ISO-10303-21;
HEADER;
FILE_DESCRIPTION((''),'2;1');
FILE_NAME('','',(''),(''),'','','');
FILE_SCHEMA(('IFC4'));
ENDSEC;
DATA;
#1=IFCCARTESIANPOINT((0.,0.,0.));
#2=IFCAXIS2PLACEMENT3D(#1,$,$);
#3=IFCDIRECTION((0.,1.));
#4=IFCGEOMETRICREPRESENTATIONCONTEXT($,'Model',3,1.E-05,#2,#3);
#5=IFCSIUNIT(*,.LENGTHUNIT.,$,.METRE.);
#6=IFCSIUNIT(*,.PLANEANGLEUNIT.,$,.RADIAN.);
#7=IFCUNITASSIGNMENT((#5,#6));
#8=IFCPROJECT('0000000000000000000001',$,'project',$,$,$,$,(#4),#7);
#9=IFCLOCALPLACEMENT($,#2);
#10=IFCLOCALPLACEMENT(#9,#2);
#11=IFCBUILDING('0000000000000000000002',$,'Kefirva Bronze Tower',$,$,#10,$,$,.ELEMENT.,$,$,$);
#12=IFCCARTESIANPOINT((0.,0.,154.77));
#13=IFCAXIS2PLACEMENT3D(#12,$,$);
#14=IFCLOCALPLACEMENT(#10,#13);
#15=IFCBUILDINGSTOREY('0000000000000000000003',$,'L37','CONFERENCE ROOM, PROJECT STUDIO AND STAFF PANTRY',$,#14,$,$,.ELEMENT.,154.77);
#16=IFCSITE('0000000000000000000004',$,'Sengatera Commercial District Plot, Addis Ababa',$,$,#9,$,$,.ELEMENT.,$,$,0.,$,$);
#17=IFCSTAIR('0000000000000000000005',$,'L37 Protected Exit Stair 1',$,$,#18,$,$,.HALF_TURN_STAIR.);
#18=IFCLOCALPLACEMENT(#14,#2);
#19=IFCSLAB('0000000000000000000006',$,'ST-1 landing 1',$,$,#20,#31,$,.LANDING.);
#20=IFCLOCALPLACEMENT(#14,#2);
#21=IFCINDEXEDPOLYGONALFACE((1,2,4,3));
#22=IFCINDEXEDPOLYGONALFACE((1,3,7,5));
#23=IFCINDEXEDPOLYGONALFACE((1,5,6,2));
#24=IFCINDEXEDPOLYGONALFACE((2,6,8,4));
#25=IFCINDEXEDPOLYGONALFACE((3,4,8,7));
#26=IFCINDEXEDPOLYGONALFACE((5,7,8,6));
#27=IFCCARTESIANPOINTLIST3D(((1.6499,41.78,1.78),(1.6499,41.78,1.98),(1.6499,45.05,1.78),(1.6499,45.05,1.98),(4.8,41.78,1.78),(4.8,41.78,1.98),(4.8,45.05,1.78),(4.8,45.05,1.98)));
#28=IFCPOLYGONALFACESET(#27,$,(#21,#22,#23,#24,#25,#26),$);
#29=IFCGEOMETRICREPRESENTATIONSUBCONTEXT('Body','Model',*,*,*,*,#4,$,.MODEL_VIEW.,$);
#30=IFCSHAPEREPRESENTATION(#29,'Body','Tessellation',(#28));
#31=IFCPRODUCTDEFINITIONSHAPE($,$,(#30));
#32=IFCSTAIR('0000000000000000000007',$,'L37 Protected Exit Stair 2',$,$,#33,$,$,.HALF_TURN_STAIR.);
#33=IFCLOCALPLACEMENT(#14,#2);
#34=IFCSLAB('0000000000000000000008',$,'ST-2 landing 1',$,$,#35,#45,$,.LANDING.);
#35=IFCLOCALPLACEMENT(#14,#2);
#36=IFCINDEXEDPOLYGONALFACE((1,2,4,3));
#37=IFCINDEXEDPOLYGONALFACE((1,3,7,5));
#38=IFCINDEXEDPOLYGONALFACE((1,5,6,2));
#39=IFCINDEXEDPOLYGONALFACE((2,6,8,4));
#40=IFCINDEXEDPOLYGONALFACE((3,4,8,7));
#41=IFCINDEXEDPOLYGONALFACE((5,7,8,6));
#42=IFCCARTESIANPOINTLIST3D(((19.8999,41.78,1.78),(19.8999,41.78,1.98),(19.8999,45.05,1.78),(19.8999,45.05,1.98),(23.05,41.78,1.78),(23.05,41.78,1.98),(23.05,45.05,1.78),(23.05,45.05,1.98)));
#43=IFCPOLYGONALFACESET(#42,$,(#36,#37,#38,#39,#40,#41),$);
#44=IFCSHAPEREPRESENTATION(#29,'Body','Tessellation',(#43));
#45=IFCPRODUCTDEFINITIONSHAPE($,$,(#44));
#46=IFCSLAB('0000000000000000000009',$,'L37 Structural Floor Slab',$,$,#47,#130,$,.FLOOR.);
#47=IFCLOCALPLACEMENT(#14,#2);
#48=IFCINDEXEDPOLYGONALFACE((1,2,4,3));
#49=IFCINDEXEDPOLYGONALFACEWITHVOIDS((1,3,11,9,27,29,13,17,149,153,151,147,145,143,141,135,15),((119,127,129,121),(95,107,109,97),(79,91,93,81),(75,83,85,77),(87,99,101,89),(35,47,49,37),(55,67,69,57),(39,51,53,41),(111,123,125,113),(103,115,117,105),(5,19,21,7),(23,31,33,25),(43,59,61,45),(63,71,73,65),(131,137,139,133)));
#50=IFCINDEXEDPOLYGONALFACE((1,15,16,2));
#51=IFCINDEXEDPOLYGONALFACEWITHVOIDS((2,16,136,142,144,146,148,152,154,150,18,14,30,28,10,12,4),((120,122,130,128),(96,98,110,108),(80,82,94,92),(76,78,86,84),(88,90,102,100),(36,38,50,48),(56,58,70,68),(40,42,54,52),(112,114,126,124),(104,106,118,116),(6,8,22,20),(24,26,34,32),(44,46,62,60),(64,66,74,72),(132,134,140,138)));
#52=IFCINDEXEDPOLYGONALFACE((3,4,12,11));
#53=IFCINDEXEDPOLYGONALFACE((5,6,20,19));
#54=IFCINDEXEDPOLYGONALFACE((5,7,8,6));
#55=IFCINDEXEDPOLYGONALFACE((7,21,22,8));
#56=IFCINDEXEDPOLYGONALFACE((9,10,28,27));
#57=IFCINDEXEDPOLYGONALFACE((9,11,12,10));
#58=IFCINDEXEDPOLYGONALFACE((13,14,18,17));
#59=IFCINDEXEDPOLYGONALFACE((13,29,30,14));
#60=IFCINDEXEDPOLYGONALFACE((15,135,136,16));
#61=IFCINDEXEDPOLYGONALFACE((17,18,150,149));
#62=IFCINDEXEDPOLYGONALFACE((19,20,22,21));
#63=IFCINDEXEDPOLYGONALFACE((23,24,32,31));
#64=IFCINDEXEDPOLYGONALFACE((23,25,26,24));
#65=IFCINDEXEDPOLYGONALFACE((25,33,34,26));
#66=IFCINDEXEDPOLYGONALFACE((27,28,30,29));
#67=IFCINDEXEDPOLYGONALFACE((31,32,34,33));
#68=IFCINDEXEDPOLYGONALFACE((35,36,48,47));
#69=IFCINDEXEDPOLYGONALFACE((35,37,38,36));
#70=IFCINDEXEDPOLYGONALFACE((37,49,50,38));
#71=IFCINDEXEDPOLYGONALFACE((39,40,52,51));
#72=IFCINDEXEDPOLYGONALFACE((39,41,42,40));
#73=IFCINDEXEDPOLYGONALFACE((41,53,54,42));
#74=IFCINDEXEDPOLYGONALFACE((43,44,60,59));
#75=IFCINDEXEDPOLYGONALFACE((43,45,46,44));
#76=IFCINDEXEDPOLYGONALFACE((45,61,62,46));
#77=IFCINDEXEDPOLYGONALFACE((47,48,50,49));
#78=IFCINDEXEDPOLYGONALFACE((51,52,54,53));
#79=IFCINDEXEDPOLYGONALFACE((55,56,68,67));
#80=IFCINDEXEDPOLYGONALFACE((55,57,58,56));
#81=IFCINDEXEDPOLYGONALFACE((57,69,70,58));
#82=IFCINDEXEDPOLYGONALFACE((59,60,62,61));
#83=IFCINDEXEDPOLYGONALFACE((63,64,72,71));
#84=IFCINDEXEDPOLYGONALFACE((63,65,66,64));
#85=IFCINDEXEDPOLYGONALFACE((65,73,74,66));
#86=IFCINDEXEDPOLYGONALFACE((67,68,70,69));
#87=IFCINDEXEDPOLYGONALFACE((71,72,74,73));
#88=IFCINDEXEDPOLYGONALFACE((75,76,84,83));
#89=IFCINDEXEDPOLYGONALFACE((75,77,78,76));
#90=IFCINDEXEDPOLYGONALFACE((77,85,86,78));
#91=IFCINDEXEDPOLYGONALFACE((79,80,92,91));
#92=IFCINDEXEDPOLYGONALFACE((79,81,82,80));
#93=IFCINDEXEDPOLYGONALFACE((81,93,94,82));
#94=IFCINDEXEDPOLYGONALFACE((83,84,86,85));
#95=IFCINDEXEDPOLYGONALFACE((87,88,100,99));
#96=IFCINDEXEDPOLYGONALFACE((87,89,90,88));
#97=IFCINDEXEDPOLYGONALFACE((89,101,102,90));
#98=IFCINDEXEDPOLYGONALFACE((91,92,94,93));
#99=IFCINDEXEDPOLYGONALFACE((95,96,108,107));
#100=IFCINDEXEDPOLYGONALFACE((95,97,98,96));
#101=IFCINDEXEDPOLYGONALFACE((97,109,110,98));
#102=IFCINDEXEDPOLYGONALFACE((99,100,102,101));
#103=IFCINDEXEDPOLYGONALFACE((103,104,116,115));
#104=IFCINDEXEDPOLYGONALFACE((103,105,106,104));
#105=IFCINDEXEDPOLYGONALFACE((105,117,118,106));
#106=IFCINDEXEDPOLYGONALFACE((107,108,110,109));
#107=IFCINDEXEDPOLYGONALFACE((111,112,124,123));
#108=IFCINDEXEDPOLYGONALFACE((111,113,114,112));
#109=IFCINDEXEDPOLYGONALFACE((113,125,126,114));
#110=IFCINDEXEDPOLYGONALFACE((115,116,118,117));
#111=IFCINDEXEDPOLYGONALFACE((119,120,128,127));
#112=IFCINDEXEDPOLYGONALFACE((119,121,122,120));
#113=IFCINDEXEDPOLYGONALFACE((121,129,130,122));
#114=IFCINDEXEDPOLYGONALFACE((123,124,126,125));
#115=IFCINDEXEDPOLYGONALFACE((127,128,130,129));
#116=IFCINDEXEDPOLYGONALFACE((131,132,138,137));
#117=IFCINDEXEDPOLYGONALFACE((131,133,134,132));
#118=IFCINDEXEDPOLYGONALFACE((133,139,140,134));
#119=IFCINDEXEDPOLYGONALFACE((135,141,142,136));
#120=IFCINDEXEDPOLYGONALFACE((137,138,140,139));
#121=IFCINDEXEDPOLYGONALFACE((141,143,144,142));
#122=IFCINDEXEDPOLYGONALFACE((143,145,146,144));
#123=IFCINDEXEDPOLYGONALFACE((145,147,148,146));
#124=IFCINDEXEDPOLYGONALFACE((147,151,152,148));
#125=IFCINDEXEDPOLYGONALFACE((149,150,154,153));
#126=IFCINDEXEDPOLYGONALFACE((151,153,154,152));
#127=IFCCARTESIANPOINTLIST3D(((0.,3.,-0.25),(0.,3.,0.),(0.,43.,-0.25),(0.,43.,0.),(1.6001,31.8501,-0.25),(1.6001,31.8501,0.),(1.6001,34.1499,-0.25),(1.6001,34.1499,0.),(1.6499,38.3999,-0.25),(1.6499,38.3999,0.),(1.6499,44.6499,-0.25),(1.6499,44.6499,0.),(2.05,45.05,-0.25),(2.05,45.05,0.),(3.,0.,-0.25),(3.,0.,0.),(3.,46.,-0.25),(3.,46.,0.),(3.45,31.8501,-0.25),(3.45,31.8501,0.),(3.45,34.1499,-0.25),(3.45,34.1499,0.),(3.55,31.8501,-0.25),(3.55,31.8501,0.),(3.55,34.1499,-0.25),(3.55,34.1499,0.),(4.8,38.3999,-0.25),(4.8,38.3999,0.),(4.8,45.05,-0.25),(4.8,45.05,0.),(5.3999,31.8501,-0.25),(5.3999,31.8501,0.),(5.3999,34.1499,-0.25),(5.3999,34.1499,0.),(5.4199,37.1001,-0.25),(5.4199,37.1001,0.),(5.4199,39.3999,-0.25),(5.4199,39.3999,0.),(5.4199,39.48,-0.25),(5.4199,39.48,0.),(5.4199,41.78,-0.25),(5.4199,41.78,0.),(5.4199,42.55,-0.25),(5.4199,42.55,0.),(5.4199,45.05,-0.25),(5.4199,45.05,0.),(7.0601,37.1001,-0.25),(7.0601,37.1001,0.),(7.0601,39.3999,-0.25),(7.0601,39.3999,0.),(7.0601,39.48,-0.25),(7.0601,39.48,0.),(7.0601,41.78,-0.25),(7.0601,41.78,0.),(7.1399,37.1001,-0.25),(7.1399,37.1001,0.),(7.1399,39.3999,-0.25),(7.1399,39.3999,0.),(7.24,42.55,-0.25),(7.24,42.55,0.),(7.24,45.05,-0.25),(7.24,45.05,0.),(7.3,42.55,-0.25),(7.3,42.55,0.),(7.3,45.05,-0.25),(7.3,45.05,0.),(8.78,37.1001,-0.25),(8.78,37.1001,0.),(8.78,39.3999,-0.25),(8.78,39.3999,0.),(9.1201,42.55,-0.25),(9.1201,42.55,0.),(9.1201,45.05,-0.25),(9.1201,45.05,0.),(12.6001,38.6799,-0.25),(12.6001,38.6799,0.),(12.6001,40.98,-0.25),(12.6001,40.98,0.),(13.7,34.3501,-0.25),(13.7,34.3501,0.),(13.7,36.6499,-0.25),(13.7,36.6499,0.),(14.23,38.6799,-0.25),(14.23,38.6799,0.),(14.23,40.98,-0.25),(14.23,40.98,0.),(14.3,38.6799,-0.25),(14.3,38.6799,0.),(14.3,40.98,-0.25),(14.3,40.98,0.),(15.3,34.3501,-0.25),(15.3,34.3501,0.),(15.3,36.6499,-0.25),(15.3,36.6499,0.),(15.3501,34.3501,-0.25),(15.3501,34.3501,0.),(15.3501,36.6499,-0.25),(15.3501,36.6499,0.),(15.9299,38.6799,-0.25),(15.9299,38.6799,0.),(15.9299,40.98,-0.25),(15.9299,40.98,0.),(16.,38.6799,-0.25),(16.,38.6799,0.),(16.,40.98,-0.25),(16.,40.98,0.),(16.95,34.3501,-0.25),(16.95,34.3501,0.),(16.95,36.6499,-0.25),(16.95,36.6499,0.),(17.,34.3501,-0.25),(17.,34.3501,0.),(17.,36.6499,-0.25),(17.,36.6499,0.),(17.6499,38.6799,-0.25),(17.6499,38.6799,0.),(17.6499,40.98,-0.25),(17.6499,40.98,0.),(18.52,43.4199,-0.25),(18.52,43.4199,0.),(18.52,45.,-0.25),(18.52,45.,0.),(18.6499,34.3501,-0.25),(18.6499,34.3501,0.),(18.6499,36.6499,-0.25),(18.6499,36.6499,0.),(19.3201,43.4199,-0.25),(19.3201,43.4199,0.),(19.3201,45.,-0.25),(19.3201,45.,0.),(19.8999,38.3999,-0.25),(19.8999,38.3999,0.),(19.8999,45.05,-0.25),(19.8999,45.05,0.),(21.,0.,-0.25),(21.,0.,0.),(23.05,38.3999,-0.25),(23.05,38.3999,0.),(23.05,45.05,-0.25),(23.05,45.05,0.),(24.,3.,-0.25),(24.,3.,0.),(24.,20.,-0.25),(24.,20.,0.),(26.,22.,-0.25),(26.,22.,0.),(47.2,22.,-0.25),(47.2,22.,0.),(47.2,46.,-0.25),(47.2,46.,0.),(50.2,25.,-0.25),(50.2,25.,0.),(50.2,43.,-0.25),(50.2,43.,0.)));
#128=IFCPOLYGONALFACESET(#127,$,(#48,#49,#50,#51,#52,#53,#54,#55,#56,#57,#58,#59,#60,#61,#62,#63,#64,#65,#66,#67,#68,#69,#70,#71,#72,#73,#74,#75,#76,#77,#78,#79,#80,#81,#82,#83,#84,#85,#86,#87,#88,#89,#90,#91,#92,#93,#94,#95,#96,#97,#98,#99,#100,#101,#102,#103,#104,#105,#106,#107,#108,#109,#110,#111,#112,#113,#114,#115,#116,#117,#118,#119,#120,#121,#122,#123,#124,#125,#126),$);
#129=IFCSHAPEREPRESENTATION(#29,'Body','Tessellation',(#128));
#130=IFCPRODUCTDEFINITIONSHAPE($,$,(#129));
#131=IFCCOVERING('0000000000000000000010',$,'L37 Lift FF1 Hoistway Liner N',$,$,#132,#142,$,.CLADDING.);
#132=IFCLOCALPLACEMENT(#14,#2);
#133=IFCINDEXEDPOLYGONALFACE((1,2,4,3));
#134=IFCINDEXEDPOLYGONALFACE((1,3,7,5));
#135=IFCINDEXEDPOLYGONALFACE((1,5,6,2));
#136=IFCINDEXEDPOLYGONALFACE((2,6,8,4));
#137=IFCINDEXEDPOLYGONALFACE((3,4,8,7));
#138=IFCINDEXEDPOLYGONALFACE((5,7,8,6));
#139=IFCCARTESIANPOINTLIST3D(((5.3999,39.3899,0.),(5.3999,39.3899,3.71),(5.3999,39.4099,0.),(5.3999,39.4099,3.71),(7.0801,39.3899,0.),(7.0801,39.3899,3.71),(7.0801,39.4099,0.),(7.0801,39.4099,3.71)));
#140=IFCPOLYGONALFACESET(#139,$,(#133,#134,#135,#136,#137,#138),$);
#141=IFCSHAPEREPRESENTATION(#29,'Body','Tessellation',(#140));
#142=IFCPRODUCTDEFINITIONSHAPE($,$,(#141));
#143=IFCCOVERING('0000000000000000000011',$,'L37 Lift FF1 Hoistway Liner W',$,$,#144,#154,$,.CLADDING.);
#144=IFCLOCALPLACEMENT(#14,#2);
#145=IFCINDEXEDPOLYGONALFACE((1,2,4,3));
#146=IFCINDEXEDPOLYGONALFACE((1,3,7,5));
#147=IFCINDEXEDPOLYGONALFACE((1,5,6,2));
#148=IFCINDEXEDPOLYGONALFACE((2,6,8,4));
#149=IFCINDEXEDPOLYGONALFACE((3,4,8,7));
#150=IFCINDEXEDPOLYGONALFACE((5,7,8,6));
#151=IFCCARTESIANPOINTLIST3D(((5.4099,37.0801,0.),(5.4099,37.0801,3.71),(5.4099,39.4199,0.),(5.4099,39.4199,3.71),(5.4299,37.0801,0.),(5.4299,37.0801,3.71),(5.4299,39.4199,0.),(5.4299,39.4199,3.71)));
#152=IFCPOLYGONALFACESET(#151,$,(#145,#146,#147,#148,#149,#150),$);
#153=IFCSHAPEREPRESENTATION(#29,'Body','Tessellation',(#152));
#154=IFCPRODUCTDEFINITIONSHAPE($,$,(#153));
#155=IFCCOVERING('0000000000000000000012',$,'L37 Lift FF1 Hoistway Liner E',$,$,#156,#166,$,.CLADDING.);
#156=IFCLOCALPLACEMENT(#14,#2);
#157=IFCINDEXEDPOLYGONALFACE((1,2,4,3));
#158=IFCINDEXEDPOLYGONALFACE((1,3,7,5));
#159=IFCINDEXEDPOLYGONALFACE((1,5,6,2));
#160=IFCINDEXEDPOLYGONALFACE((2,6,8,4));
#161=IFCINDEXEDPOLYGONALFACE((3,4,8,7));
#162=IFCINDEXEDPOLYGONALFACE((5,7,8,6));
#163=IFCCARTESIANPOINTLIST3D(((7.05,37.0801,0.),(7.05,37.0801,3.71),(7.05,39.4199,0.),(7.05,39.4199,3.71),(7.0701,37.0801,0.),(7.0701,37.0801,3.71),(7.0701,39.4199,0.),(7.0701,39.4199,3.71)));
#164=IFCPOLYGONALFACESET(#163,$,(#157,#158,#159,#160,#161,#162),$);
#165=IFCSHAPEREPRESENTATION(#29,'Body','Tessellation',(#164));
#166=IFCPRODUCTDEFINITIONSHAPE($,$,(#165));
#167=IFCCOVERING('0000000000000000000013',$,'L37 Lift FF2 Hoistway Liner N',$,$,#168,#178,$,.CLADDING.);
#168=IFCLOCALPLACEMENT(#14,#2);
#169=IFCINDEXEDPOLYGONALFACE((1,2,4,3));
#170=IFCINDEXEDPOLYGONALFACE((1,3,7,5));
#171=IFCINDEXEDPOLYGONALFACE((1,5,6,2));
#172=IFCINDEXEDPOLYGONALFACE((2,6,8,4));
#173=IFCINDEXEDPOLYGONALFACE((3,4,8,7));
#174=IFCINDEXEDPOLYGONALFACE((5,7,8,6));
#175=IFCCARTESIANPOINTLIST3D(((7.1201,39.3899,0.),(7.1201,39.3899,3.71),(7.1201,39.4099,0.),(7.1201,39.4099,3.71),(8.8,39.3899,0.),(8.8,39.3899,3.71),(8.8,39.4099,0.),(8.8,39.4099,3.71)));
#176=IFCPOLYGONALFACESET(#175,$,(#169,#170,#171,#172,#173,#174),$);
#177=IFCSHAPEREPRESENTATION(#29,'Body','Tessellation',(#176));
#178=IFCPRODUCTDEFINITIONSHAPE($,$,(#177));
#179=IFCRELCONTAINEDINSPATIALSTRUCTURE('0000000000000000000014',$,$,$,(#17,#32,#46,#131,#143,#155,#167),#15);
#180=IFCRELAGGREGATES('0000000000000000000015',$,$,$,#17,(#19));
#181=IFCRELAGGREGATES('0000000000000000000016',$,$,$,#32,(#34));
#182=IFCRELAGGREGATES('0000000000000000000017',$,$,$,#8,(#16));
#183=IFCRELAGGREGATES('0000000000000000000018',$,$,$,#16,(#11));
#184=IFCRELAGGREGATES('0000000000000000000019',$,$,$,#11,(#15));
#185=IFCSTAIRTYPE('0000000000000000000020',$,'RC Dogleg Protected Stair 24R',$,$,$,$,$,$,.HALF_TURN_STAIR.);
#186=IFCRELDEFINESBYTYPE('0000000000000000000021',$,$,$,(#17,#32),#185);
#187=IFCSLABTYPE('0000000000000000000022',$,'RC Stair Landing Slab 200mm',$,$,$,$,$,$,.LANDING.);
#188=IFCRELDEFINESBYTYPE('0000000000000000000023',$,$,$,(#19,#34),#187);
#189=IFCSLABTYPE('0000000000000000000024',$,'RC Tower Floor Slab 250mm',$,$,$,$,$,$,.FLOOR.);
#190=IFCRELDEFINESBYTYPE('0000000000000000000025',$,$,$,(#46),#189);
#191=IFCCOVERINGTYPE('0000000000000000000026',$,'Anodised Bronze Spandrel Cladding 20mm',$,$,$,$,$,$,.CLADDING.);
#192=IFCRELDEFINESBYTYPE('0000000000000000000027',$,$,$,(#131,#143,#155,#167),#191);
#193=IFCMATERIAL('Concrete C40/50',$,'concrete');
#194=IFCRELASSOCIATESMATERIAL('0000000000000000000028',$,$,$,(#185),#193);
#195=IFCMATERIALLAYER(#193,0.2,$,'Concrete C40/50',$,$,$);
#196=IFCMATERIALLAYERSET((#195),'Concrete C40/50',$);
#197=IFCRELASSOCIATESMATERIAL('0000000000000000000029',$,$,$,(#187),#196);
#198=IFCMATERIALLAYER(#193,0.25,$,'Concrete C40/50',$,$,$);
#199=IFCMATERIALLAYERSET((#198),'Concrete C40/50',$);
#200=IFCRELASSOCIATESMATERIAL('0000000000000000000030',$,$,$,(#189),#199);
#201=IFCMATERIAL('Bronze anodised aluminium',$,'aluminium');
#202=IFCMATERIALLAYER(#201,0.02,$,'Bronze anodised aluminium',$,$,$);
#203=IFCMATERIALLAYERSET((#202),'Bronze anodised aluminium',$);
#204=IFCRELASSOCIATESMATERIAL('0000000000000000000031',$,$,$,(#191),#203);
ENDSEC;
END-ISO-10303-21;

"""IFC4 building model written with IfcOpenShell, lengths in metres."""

from ifc_helpers import new_model, si_unit, direction, frame, origin, place, context, subcontext, project, spatial, polyline, outline, extrude, material, layer, layer_set, type_object, element, aggregate, save


model = new_model("IFC4")

# Units and contexts
model_context = context("Model", 3, precision=1e-05, world=origin(), true_north=direction((0.0, 1.0)))
body_context = subcontext(model_context, "Body", "Model", "MODEL_VIEW")
ifc_project = project(units=[si_unit("LENGTHUNIT", "METRE"), si_unit("PLANEANGLEUNIT", "RADIAN")], contexts=[model_context])

# Site, building, storey
site_placement = place(None, origin())
site = spatial("IfcSite", under=ifc_project, at=site_placement, Name="Sengatera Commercial District Plot, Addis Ababa", CompositionType="ELEMENT", RefElevation=0.0)
building_placement = place(site_placement, origin())
building = spatial("IfcBuilding", under=site, at=building_placement, Name="Kefirva Bronze Tower", CompositionType="ELEMENT")
storey_placement = place(building_placement, frame((0.0, 0.0, 154.77)))
storey = spatial("IfcBuildingStorey", under=building, at=storey_placement, Name="L37", Description="CONFERENCE ROOM, PROJECT STUDIO AND STAFF PANTRY", CompositionType="ELEMENT", Elevation=154.77)

# Stairs, slabs
ifc_material_1 = material(Name="Concrete C40/50", Category="concrete")
stair_type = type_object("IfcStairType", Name="RC Dogleg Protected Stair 24R", PredefinedType="HALF_TURN_STAIR", material=ifc_material_1)
stair_1_placement = place(storey_placement, origin())
stair_1 = element("IfcStair", 1, at=stair_1_placement, inside=storey, type_object=stair_type, Name="L37 Protected Exit Stair 1", PredefinedType="HALF_TURN_STAIR")
ifc_layer_1 = layer(ifc_material_1, 0.2, Name="Concrete C40/50")
ifc_layer_set_1 = layer_set([ifc_layer_1], Name="Concrete C40/50")
slab_type_1 = type_object("IfcSlabType", Name="RC Stair Landing Slab 200mm", PredefinedType="LANDING", material=ifc_layer_set_1)
slab_1_placement = place(storey_placement, frame((0.0, 0.0, 1.78)))
slab_1 = element("IfcSlab", 2, at=slab_1_placement, type_object=slab_type_1, Name="ST-1 landing 1", PredefinedType="LANDING", context=body_context, shape_type="SweptSolid", body=[
    extrude(outline(polyline([(4.8, 41.78), (4.8, 45.05), (1.6499, 45.05), (1.6499, 41.78), (4.8, 41.78)])), origin(), (0.0, 0.0, 1.0), 0.2),
])
aggregate(stair_1, [slab_1])
stair_2_placement = place(storey_placement, origin())
stair_2 = element("IfcStair", 3, at=stair_2_placement, inside=storey, type_object=stair_type, Name="L37 Protected Exit Stair 2", PredefinedType="HALF_TURN_STAIR")
slab_2_placement = place(storey_placement, frame((0.0, 0.0, 1.78)))
slab_2 = element("IfcSlab", 4, at=slab_2_placement, type_object=slab_type_1, Name="ST-2 landing 1", PredefinedType="LANDING", context=body_context, shape_type="SweptSolid", body=[
    extrude(outline(polyline([(23.05, 41.78), (23.05, 45.05), (19.8999, 45.05), (19.8999, 41.78), (23.05, 41.78)])), origin(), (0.0, 0.0, 1.0), 0.2),
])
aggregate(stair_2, [slab_2])

# Slab
ifc_layer_2 = layer(ifc_material_1, 0.25, Name="Concrete C40/50")
ifc_layer_set_2 = layer_set([ifc_layer_2], Name="Concrete C40/50")
slab_type_2 = type_object("IfcSlabType", Name="RC Tower Floor Slab 250mm", PredefinedType="FLOOR", material=ifc_layer_set_2)
slab_3_placement = place(storey_placement, frame((0.0, 0.0, -0.25)))
element("IfcSlab", 5, at=slab_3_placement, inside=storey, type_object=slab_type_2, Name="L37 Structural Floor Slab", PredefinedType="FLOOR", context=body_context, shape_type="SweptSolid", body=[
    extrude(outline(polyline([(0.0, 3.0), (0.0, 43.0), (1.6499, 44.6499), (1.6499, 38.3999), (4.8, 38.3999), (4.8, 45.05), (2.05, 45.05), (3.0, 46.0), (47.2, 46.0), (50.2, 43.0), (50.2, 25.0), (47.2, 22.0), (26.0, 22.0), (24.0, 20.0), (24.0, 3.0), (21.0, 0.0), (3.0, 0.0), (0.0, 3.0)]), holes=[polyline([(23.05, 38.3999), (23.05, 45.05), (19.8999, 45.05), (19.8999, 38.3999), (23.05, 38.3999)]), polyline([(19.3201, 43.4199), (19.3201, 45.0), (18.52, 45.0), (18.52, 43.4199), (19.3201, 43.4199)]), polyline([(18.6499, 34.3501), (18.6499, 36.6499), (17.0, 36.6499), (17.0, 34.3501), (18.6499, 34.3501)]), polyline([(17.6499, 38.6799), (17.6499, 40.98), (16.0, 40.98), (16.0, 38.6799), (17.6499, 38.6799)]), polyline([(16.95, 34.3501), (16.95, 36.6499), (15.3501, 36.6499), (15.3501, 34.3501), (16.95, 34.3501)]), polyline([(15.9299, 38.6799), (15.9299, 40.98), (14.3, 40.98), (14.3, 38.6799), (15.9299, 38.6799)]), polyline([(15.3, 34.3501), (15.3, 36.6499), (13.7, 36.6499), (13.7, 34.3501), (15.3, 34.3501)]), polyline([(14.23, 38.6799), (14.23, 40.98), (12.6001, 40.98), (12.6001, 38.6799), (14.23, 38.6799)]), polyline([(9.1201, 42.55), (9.1201, 45.05), (7.3, 45.05), (7.3, 42.55), (9.1201, 42.55)]), polyline([(8.78, 37.1001), (8.78, 39.3999), (7.1399, 39.3999), (7.1399, 37.1001), (8.78, 37.1001)]), polyline([(7.24, 42.55), (7.24, 45.05), (5.4199, 45.05), (5.4199, 42.55), (7.24, 42.55)]), polyline([(7.0601, 37.1001), (7.0601, 39.3999), (5.4199, 39.3999), (5.4199, 37.1001), (7.0601, 37.1001)]), polyline([(7.0601, 39.48), (7.0601, 41.78), (5.4199, 41.78), (5.4199, 39.48), (7.0601, 39.48)]), polyline([(5.3999, 31.8501), (5.3999, 34.1499), (3.55, 34.1499), (3.55, 31.8501), (5.3999, 31.8501)]), polyline([(3.45, 31.8501), (3.45, 34.1499), (1.6001, 34.1499), (1.6001, 31.8501), (3.45, 31.8501)])]), origin(), (0.0, 0.0, 1.0), 0.25),
])

# Coverings
ifc_material_2 = material(Name="Bronze anodised aluminium", Category="aluminium")
ifc_layer_3 = layer(ifc_material_2, 0.02, Name="Bronze anodised aluminium")
ifc_layer_set_3 = layer_set([ifc_layer_3], Name="Bronze anodised aluminium")
covering_type = type_object("IfcCoveringType", Name="Anodised Bronze Spandrel Cladding 20mm", PredefinedType="CLADDING", material=ifc_layer_set_3)
covering_1_placement = place(storey_placement, origin())
element("IfcCovering", 6, at=covering_1_placement, inside=storey, type_object=covering_type, Name="L37 Lift FF1 Hoistway Liner N", PredefinedType="CLADDING", context=body_context, shape_type="SweptSolid", body=[
    extrude(outline(polyline([(5.3999, 39.3899), (7.0801, 39.3899), (7.0801, 39.4099), (5.3999, 39.4099), (5.3999, 39.3899)])), origin(), (0.0, 0.0, 1.0), 3.71),
])
covering_2_placement = place(storey_placement, origin())
element("IfcCovering", 7, at=covering_2_placement, inside=storey, type_object=covering_type, Name="L37 Lift FF1 Hoistway Liner W", PredefinedType="CLADDING", context=body_context, shape_type="SweptSolid", body=[
    extrude(outline(polyline([(5.4099, 37.0801), (5.4299, 37.0801), (5.4299, 39.4199), (5.4099, 39.4199), (5.4099, 37.0801)])), origin(), (0.0, 0.0, 1.0), 3.71),
])
covering_3_placement = place(storey_placement, origin())
element("IfcCovering", 8, at=covering_3_placement, inside=storey, type_object=covering_type, Name="L37 Lift FF1 Hoistway Liner E", PredefinedType="CLADDING", context=body_context, shape_type="SweptSolid", body=[
    extrude(outline(polyline([(7.05, 37.0801), (7.0701, 37.0801), (7.0701, 39.4199), (7.05, 39.4199), (7.05, 37.0801)])), origin(), (0.0, 0.0, 1.0), 3.71),
])
covering_4_placement = place(storey_placement, origin())
element("IfcCovering", 9, at=covering_4_placement, inside=storey, type_object=covering_type, Name="L37 Lift FF2 Hoistway Liner N", PredefinedType="CLADDING", context=body_context, shape_type="SweptSolid", body=[
    extrude(outline(polyline([(7.1201, 39.3899), (8.8, 39.3899), (8.8, 39.4099), (7.1201, 39.4099), (7.1201, 39.3899)])), origin(), (0.0, 0.0, 1.0), 3.71),
])

save(model, "model.ifc")
